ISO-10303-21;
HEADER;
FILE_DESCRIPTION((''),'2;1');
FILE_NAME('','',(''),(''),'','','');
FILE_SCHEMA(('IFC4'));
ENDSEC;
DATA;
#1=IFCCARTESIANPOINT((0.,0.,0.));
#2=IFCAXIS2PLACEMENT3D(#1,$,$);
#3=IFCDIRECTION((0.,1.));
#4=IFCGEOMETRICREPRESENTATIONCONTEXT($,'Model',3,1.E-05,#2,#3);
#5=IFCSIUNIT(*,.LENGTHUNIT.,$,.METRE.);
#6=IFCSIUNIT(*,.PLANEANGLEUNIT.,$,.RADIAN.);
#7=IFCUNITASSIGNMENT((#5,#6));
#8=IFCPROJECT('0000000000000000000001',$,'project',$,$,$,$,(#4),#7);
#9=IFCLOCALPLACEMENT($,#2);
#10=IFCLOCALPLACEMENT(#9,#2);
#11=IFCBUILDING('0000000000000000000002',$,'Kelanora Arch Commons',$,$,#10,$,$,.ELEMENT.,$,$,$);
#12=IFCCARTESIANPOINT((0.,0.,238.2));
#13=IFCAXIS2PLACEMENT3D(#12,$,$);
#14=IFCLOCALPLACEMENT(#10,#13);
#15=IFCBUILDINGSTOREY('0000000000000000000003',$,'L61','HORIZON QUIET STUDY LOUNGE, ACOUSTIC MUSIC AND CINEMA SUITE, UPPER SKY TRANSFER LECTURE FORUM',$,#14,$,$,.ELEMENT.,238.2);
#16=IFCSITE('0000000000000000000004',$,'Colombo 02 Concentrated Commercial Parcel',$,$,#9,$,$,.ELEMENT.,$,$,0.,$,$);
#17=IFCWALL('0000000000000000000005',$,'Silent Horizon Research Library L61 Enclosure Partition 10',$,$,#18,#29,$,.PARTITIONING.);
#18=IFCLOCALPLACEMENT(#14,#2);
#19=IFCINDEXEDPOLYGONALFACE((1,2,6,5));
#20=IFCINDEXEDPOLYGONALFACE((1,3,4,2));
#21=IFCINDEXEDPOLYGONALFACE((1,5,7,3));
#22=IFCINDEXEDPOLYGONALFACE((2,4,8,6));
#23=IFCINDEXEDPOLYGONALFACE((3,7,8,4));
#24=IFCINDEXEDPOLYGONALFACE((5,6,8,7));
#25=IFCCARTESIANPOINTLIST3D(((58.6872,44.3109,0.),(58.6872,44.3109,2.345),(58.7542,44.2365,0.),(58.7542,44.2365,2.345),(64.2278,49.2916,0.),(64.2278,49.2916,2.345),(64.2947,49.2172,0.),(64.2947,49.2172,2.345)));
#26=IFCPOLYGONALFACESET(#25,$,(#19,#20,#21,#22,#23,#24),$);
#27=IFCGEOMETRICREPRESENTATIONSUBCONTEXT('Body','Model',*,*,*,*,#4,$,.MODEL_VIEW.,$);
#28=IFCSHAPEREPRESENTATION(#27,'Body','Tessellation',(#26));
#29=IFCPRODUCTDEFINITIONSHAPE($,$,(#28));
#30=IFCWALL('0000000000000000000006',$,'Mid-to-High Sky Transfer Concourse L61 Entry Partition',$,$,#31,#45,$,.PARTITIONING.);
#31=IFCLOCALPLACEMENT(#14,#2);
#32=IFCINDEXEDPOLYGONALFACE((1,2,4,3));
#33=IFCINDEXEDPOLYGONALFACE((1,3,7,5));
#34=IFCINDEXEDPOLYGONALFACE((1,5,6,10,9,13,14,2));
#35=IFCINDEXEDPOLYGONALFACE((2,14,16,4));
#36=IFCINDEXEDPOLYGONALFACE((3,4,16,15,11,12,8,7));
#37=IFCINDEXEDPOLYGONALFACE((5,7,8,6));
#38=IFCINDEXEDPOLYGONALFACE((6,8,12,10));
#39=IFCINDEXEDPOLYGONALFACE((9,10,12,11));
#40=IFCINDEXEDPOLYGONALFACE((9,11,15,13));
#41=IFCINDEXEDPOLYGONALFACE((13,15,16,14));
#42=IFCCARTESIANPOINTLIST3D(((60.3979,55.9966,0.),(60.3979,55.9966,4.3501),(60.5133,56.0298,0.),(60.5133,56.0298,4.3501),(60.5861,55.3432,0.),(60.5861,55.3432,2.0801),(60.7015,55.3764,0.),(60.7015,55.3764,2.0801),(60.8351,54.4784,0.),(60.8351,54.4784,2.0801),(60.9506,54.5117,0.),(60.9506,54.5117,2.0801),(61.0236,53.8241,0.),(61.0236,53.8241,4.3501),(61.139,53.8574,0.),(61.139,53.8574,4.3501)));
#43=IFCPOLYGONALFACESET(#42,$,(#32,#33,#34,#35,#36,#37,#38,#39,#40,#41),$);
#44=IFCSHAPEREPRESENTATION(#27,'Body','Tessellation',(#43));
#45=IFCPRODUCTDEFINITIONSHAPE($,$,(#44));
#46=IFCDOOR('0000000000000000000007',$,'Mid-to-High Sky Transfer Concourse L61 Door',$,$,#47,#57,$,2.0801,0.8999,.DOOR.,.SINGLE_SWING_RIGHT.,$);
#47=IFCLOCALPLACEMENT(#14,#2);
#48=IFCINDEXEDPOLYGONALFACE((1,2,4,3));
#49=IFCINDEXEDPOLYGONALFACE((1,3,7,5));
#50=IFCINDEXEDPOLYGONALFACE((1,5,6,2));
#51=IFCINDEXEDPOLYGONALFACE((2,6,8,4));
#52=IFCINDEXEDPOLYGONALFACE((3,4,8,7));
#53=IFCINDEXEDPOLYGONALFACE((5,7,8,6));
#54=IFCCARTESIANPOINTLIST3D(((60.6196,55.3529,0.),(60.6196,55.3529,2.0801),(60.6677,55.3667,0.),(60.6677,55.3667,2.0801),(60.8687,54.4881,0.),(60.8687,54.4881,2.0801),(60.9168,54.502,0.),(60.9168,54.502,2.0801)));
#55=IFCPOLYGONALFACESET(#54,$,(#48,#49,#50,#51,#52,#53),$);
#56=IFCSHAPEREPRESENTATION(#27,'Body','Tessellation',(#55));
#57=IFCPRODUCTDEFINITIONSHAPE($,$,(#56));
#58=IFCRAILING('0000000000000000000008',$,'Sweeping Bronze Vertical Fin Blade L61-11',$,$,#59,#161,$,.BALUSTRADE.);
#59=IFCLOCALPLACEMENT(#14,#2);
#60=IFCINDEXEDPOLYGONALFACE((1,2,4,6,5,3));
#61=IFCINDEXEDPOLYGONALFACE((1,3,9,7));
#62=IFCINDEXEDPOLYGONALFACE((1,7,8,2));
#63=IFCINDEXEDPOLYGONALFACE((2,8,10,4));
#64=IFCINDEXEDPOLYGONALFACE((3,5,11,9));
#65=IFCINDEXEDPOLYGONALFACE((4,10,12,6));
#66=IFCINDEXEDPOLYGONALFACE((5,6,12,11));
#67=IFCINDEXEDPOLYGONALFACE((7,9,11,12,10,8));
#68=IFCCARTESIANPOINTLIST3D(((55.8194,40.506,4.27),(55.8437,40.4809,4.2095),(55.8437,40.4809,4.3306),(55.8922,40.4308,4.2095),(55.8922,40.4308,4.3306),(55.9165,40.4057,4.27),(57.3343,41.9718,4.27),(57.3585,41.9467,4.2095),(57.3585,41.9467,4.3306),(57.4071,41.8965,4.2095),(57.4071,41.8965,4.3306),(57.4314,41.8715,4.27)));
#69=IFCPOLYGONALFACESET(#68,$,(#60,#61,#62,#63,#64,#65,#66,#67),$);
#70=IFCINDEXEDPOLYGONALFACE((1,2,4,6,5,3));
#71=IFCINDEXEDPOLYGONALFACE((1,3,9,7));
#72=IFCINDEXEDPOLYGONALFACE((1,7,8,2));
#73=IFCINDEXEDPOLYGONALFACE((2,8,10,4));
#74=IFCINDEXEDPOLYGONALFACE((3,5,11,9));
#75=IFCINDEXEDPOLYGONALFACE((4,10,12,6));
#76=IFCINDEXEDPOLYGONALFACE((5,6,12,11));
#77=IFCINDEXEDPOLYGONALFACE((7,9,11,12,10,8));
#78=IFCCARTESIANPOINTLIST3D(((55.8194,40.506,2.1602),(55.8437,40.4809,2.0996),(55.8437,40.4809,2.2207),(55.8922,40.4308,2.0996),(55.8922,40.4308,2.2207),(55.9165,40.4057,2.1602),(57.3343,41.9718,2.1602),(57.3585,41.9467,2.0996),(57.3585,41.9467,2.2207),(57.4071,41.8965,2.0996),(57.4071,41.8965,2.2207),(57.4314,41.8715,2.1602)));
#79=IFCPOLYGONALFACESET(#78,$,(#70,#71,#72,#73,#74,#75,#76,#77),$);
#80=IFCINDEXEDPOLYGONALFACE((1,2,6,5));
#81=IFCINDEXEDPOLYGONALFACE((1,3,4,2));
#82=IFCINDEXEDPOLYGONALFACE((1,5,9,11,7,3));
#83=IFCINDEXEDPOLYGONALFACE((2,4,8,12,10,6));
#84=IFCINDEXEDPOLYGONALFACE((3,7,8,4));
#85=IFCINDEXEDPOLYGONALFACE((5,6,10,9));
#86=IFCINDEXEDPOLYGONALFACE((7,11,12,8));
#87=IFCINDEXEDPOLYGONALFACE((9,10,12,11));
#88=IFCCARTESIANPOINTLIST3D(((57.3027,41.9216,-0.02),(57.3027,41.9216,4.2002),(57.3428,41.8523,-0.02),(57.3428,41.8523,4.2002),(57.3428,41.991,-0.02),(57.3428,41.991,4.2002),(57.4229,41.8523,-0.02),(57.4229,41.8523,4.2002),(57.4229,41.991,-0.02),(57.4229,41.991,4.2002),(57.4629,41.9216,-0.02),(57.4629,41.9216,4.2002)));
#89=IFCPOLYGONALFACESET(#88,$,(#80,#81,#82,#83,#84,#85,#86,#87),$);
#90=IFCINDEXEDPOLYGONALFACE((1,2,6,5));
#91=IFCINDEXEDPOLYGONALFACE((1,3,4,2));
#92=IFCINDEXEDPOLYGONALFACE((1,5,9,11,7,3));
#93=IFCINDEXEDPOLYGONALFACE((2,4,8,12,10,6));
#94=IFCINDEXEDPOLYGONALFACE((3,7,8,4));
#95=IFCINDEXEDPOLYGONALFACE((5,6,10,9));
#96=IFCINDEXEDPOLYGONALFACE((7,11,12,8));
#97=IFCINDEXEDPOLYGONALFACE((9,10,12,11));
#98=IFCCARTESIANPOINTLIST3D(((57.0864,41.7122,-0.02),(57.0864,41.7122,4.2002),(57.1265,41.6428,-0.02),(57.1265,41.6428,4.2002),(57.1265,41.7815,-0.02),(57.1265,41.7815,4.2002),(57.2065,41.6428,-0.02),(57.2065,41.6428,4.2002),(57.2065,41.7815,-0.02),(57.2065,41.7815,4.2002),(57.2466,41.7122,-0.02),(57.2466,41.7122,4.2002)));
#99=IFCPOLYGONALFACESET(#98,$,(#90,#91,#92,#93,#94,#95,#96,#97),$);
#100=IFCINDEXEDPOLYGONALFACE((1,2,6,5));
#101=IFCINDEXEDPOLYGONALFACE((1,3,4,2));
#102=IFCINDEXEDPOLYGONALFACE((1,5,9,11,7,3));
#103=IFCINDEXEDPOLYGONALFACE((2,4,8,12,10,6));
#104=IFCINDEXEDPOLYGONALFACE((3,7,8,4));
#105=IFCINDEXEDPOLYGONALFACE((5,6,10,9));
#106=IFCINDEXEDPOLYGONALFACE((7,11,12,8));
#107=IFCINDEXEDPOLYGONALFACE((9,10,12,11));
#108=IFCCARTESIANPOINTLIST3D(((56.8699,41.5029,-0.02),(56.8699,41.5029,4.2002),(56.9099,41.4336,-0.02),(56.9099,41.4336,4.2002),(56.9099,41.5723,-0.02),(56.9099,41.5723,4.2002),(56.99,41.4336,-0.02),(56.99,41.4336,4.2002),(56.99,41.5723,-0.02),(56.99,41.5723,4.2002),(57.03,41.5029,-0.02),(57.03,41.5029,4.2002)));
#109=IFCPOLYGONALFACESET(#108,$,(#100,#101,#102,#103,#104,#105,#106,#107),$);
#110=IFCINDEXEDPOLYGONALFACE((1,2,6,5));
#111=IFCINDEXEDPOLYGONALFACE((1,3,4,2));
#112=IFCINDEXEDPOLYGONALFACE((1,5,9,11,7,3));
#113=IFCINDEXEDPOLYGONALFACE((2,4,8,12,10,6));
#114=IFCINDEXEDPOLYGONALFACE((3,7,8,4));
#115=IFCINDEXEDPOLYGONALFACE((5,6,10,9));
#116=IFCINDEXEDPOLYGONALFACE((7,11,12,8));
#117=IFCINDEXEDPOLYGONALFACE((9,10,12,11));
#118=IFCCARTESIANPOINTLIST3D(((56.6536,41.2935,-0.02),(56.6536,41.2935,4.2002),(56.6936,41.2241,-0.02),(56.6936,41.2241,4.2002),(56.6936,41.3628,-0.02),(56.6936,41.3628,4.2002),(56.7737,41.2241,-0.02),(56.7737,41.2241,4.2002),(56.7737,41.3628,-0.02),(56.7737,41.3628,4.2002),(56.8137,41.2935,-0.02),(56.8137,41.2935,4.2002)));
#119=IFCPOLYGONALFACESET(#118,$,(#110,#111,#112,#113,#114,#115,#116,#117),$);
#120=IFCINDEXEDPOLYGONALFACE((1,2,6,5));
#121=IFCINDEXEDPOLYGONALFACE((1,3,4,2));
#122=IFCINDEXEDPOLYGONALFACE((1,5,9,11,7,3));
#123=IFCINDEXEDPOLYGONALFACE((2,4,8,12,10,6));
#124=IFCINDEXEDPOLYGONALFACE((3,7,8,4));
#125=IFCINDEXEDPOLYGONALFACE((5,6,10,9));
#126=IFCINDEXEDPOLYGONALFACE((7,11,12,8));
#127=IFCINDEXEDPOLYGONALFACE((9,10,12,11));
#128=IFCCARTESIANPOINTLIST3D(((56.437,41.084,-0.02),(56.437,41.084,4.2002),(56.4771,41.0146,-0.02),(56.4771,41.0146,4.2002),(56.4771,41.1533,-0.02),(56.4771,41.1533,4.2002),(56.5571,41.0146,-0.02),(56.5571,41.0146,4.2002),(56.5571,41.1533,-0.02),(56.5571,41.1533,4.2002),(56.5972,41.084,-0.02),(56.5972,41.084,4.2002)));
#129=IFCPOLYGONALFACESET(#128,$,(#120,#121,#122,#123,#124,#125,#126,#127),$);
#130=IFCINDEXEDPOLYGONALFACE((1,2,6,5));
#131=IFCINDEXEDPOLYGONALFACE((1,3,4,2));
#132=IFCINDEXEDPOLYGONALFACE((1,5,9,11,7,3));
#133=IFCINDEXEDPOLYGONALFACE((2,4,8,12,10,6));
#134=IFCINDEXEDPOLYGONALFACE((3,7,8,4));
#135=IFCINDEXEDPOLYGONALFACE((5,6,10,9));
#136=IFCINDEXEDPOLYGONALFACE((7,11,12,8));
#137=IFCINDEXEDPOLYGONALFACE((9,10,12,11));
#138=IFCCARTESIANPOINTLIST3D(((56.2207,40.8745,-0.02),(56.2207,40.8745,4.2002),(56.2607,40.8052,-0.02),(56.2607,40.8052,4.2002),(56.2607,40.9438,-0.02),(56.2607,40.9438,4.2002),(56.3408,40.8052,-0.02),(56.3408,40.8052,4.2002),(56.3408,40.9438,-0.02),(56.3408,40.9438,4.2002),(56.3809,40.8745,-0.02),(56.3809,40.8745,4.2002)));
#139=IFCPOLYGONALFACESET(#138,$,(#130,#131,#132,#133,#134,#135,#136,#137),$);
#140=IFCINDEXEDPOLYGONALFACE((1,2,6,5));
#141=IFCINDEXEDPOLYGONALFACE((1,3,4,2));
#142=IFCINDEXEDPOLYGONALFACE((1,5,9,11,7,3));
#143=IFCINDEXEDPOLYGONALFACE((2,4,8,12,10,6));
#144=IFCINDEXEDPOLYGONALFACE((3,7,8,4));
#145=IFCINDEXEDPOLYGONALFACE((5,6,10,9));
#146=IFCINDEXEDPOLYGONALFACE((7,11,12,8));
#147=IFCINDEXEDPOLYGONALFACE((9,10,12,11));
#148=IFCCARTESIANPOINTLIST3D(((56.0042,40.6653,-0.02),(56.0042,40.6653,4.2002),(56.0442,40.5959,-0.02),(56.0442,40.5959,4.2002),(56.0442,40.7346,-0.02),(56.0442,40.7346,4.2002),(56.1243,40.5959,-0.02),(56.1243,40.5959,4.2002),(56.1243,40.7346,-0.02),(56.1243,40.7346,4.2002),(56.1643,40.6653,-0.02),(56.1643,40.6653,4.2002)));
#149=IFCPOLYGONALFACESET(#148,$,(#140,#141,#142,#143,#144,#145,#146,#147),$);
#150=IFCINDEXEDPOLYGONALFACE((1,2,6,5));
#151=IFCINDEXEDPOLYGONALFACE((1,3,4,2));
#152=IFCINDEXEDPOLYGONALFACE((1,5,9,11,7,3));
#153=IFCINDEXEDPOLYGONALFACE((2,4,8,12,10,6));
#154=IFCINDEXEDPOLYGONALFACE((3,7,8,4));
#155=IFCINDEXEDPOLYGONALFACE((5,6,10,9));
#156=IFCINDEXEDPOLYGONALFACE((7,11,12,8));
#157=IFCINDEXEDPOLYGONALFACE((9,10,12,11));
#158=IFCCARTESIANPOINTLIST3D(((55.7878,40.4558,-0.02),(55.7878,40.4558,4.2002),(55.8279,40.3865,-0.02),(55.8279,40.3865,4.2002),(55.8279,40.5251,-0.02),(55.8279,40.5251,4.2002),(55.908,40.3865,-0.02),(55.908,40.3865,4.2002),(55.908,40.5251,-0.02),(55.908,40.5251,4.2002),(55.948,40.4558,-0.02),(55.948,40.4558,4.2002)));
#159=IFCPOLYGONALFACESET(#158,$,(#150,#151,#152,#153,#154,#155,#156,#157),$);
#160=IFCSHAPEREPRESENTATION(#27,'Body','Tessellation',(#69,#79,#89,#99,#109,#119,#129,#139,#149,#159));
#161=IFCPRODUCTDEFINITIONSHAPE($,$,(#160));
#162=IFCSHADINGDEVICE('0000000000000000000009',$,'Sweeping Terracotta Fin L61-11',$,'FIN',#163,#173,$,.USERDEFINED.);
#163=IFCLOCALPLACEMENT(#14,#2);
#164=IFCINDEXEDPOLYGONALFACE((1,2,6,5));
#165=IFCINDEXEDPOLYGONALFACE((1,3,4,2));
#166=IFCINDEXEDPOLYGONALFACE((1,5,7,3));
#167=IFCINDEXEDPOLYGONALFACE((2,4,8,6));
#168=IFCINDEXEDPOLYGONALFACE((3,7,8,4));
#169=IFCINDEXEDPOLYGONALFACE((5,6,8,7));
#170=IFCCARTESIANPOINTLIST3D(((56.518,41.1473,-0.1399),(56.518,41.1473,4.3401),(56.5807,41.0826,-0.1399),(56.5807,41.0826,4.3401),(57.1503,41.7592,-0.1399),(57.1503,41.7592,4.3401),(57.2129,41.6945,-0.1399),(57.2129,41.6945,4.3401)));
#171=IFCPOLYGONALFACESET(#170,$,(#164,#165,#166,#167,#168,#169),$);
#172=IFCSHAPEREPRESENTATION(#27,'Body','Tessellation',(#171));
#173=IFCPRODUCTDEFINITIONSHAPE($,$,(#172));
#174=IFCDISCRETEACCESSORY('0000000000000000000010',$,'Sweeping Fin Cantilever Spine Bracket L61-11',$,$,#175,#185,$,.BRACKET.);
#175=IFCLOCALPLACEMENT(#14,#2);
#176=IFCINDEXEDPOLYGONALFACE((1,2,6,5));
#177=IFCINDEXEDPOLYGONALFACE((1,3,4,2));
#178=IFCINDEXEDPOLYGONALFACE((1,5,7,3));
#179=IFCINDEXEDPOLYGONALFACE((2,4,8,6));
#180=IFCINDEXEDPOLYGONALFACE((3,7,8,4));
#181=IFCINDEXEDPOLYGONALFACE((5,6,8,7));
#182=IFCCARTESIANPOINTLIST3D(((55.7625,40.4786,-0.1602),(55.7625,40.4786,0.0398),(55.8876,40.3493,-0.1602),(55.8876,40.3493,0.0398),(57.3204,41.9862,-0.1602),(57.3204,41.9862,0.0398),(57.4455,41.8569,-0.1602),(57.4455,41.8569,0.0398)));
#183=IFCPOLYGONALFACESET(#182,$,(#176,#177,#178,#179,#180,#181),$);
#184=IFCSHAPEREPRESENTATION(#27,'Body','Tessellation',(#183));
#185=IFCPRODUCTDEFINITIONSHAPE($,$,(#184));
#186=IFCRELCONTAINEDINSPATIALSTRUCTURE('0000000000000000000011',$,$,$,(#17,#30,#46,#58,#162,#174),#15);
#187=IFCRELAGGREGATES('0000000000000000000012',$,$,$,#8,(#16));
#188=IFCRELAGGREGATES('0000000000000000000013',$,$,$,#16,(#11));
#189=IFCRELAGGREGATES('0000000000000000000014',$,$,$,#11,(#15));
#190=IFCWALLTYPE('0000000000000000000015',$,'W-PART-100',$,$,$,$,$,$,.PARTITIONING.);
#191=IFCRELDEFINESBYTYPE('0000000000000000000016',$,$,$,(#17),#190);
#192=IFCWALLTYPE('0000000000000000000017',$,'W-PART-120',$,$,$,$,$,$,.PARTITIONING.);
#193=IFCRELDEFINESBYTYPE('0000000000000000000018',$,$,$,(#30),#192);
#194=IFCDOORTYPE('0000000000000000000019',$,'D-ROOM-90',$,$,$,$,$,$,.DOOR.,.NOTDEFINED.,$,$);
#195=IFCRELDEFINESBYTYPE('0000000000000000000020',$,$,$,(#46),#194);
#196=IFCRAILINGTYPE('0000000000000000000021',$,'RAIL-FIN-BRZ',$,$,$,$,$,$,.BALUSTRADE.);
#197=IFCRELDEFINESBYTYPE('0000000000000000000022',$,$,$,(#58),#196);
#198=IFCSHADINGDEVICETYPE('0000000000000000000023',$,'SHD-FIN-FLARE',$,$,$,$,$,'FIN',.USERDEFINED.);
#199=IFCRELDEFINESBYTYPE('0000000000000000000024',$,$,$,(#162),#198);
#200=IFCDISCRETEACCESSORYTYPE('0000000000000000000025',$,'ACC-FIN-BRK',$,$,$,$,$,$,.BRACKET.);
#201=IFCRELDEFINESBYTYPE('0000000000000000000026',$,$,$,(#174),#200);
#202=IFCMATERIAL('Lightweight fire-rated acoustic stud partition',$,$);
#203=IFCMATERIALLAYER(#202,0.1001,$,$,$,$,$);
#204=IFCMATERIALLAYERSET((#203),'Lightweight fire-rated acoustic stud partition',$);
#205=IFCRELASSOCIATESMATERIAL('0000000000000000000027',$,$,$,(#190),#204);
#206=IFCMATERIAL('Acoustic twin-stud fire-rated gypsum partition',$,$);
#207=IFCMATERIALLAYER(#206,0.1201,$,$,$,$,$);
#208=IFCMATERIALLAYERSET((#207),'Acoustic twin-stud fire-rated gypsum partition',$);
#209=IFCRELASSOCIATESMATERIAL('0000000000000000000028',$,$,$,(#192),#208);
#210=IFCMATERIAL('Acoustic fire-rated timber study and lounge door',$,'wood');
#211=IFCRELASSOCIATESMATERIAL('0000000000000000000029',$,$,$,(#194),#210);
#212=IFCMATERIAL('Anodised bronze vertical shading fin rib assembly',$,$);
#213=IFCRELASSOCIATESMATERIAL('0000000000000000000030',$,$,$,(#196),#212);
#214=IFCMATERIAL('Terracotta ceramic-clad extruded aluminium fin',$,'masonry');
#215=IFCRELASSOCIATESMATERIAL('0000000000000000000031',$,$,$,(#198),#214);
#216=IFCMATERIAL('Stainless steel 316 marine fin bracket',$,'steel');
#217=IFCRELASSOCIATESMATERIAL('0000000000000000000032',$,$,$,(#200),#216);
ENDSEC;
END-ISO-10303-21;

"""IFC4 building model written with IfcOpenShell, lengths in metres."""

from ifc_helpers import new_model, si_unit, direction, frame, frame_2d, origin, origin_2d, place, context, subcontext, project, spatial, polyline, rectangle, outline, extrude, source, transform, mapped, material, layer, layer_set, type_object, element, fill, save


model = new_model("IFC4")

# Units and contexts
model_context = context("Model", 3, precision=1e-05, world=origin(), true_north=direction((0.0, 1.0)))
body_context = subcontext(model_context, "Body", "Model", "MODEL_VIEW")
ifc_project = project(units=[si_unit("LENGTHUNIT", "METRE"), si_unit("PLANEANGLEUNIT", "RADIAN")], contexts=[model_context])

# Site, building, storey
site_placement = place(None, origin())
site = spatial("IfcSite", under=ifc_project, at=site_placement, Name="Colombo 02 Concentrated Commercial Parcel", CompositionType="ELEMENT", RefElevation=0.0)
building_placement = place(site_placement, origin())
building = spatial("IfcBuilding", under=site, at=building_placement, Name="Kelanora Arch Commons", CompositionType="ELEMENT")
storey_placement = place(building_placement, frame((0.0, 0.0, 238.2)))
storey = spatial("IfcBuildingStorey", under=building, at=storey_placement, Name="L61", Description="HORIZON QUIET STUDY LOUNGE, ACOUSTIC MUSIC AND CINEMA SUITE, UPPER SKY TRANSFER LECTURE FORUM", CompositionType="ELEMENT", Elevation=238.2)

# Wall
ifc_material_1 = material(Name="Lightweight fire-rated acoustic stud partition")
ifc_layer_1 = layer(ifc_material_1, 0.1001)
ifc_layer_set_1 = layer_set([ifc_layer_1], Name="Lightweight fire-rated acoustic stud partition")
wall_type_1 = type_object("IfcWallType", Name="W-PART-100", PredefinedType="PARTITIONING", material=ifc_layer_set_1)
wall_1_placement = place(storey_placement, frame((58.7207, 44.2737, 0.0), z_axis=(0.0, 0.0, 1.0), x_axis=(0.743679, 0.668537, 0.0)))
element("IfcWall", 1, at=wall_1_placement, inside=storey, type_object=wall_type_1, Name="Silent Horizon Research Library L61 Enclosure Partition 10", PredefinedType="PARTITIONING", context=body_context, shape_type="SweptSolid", body=[
    extrude(rectangle(XDim=7.4502, YDim=0.1001, at=frame_2d((3.7251, 0.0))), origin(), (0.0, 0.0, 1.0), 2.345),
])

# Wall, opening, door
ifc_material_2 = material(Name="Acoustic twin-stud fire-rated gypsum partition")
ifc_layer_2 = layer(ifc_material_2, 0.1201)
ifc_layer_set_2 = layer_set([ifc_layer_2], Name="Acoustic twin-stud fire-rated gypsum partition")
wall_type_2 = type_object("IfcWallType", Name="W-PART-120", PredefinedType="PARTITIONING", material=ifc_layer_set_2)
wall_2_placement = place(storey_placement, frame((60.4556, 56.0132, 0.0), z_axis=(0.0, 0.0, 1.0), x_axis=(0.276789, -0.960931, 0.0)))
wall_2 = element("IfcWall", 2, at=wall_2_placement, inside=storey, type_object=wall_type_2, Name="Mid-to-High Sky Transfer Concourse L61 Entry Partition", PredefinedType="PARTITIONING", context=body_context, shape_type="SweptSolid", body=[
    extrude(rectangle(XDim=2.2607, YDim=0.1201, at=frame_2d((1.1304, 0.0))), origin(), (0.0, 0.0, 1.0), 4.3501),
])
opening_1_placement = place(wall_2_placement, frame((0.6799, 0.0, 0.0)))
opening_1 = element("IfcOpeningElement", 3, at=opening_1_placement, cuts=wall_2, PredefinedType="OPENING", context=body_context, shape_type="SweptSolid", body=[
    extrude(rectangle(XDim=0.8999, YDim=2.0801, at=frame_2d((0.45, 1.04))), frame((0.0, 0.0701, 0.0), z_axis=(0.0, -1.0, 0.0), x_axis=(1.0, 0.0, 0.0)), (0.0, 0.0, 1.0), 0.1401),
])
ifc_material_3 = material(Name="Acoustic fire-rated timber study and lounge door", Category="wood")
door_type = type_object("IfcDoorType", Name="D-ROOM-90", OperationType="NOTDEFINED", PredefinedType="DOOR", material=ifc_material_3)
door_placement = place(opening_1_placement, origin())
door = element("IfcDoor", 4, at=door_placement, inside=storey, type_object=door_type, Name="Mid-to-High Sky Transfer Concourse L61 Door", OperationType="SINGLE_SWING_RIGHT", OverallHeight=2.0801, OverallWidth=0.8999, PredefinedType="DOOR", context=body_context, shape_type="SweptSolid", body=[
    extrude(rectangle(XDim=0.8999, YDim=2.0801, at=frame_2d((0.45, 1.04))), frame((0.0, 0.0249, 0.0), z_axis=(0.0, -1.0, 0.0), x_axis=(1.0, 0.0, 0.0)), (0.0, 0.0, 1.0), 0.05),
])
fill(opening_1, door)

# Railing
ifc_material_4 = material(Name="Anodised bronze vertical shading fin rib assembly")
railing_type = type_object("IfcRailingType", Name="RAIL-FIN-BRZ", PredefinedType="BALUSTRADE", material=ifc_material_4)
railing_placement = place(storey_placement, frame((57.3828, 41.9216, -0.02)))
element("IfcRailing", 5, at=railing_placement, inside=storey, type_object=railing_type, Name="Sweeping Bronze Vertical Fin Blade L61-11", PredefinedType="BALUSTRADE", context=body_context, shape_type="SweptSolid", body=[
    extrude(outline(polyline([(0.0698, 0.0), (0.0349, 0.0605), (-0.0349, 0.0605), (-0.0698, 0.0), (-0.0349, -0.0605), (0.0349, -0.0605), (0.0698, 0.0)])), frame((0.0, 0.0, 4.29), z_axis=(-0.718651, -0.695371, 0.0), x_axis=(0.695371, -0.718651, 0.0)), (0.0, 0.0, 1.0), 2.1079),
    extrude(outline(polyline([(0.0698, 0.0), (0.0349, 0.0605), (-0.0349, 0.0605), (-0.0698, 0.0), (-0.0349, -0.0605), (0.0349, -0.0605), (0.0698, 0.0)])), frame((0.0, 0.0, 2.1802), z_axis=(-0.718651, -0.695371, 0.0), x_axis=(0.695371, -0.718651, 0.0)), (0.0, 0.0, 1.0), 2.1079),
    extrude(outline(polyline([(0.0801, 0.0), (0.04, 0.0693), (-0.04, 0.0693), (-0.0801, 0.0), (-0.04, -0.0693), (0.04, -0.0693), (0.0801, 0.0)])), origin(), (0.0, 0.0, 1.0), 4.2202),
    extrude(outline(polyline([(0.0801, 0.0), (0.04, 0.0693), (-0.04, 0.0693), (-0.0801, 0.0), (-0.04, -0.0693), (0.04, -0.0693), (0.0801, 0.0)])), frame((-0.2163, -0.2095, 0.0)), (0.0, 0.0, 1.0), 4.2202),
    extrude(outline(polyline([(0.0801, 0.0), (0.04, 0.0693), (-0.04, 0.0693), (-0.0801, 0.0), (-0.04, -0.0693), (0.04, -0.0693), (0.0801, 0.0)])), frame((-0.4329, -0.4187, 0.0)), (0.0, 0.0, 1.0), 4.2202),
    extrude(outline(polyline([(0.0801, 0.0), (0.04, 0.0693), (-0.04, 0.0693), (-0.0801, 0.0), (-0.04, -0.0693), (0.04, -0.0693), (0.0801, 0.0)])), frame((-0.6492, -0.6282, 0.0)), (0.0, 0.0, 1.0), 4.2202),
    extrude(outline(polyline([(0.0801, 0.0), (0.04, 0.0693), (-0.04, 0.0693), (-0.0801, 0.0), (-0.04, -0.0693), (0.04, -0.0693), (0.0801, 0.0)])), frame((-0.8657, -0.8376, 0.0)), (0.0, 0.0, 1.0), 4.2202),
    extrude(outline(polyline([(0.0801, 0.0), (0.04, 0.0693), (-0.04, 0.0693), (-0.0801, 0.0), (-0.04, -0.0693), (0.04, -0.0693), (0.0801, 0.0)])), frame((-1.082, -1.0471, 0.0)), (0.0, 0.0, 1.0), 4.2202),
    extrude(outline(polyline([(0.0801, 0.0), (0.04, 0.0693), (-0.04, 0.0693), (-0.0801, 0.0), (-0.04, -0.0693), (0.04, -0.0693), (0.0801, 0.0)])), frame((-1.2986, -1.2563, 0.0)), (0.0, 0.0, 1.0), 4.2202),
    extrude(outline(polyline([(0.0801, 0.0), (0.04, 0.0693), (-0.04, 0.0693), (-0.0801, 0.0), (-0.04, -0.0693), (0.04, -0.0693), (0.0801, 0.0)])), frame((-1.5149, -1.4658, 0.0)), (0.0, 0.0, 1.0), 4.2202),
])

# Shading device
ifc_material_5 = material(Name="Terracotta ceramic-clad extruded aluminium fin", Category="masonry")
shading_device_type = type_object("IfcShadingDeviceType", Name="SHD-FIN-FLARE", ElementType="FIN", PredefinedType="USERDEFINED", material=ifc_material_5)
shared_shape_1 = source(origin(), body_context, "Body", "SweptSolid", [
    extrude(rectangle(XDim=0.8799, YDim=0.0901, at=origin_2d()), origin(), (0.0, 0.0, 1.0), 4.48),
])
shading_device_placement = place(storey_placement, frame((56.8655, 41.4209, -0.1399), z_axis=(0.0, 0.0, 1.0), x_axis=(-0.718612, -0.695411, 0.0)))
element("IfcShadingDevice", 6, at=shading_device_placement, inside=storey, type_object=shading_device_type, Name="Sweeping Terracotta Fin L61-11", ObjectType="FIN", PredefinedType="USERDEFINED", context=body_context, shape_type="MappedRepresentation", body=[
    mapped(shared_shape_1, transform((0.0, 0.0, 0.0), scale=1.0)),
])

# Discrete accessory
ifc_material_6 = material(Name="Stainless steel 316 marine fin bracket", Category="steel")
discrete_accessory_type = type_object("IfcDiscreteAccessoryType", Name="ACC-FIN-BRK", PredefinedType="BRACKET", material=ifc_material_6)
shared_shape_2 = source(origin(), body_context, "Body", "SweptSolid", [
    extrude(rectangle(XDim=2.168, YDim=0.1799, at=origin_2d()), origin(), (0.0, 0.0, 1.0), 0.2),
])
discrete_accessory_placement = place(storey_placement, frame((56.604, 41.1677, -0.1602), z_axis=(0.0, 0.0, 1.0), x_axis=(-0.718612, -0.695411, 0.0)))
element("IfcDiscreteAccessory", 7, at=discrete_accessory_placement, inside=storey, type_object=discrete_accessory_type, Name="Sweeping Fin Cantilever Spine Bracket L61-11", PredefinedType="BRACKET", context=body_context, shape_type="MappedRepresentation", body=[
    mapped(shared_shape_2, transform((0.0, 0.0, 0.0), scale=1.0)),
])

save(model, "model.ifc")
